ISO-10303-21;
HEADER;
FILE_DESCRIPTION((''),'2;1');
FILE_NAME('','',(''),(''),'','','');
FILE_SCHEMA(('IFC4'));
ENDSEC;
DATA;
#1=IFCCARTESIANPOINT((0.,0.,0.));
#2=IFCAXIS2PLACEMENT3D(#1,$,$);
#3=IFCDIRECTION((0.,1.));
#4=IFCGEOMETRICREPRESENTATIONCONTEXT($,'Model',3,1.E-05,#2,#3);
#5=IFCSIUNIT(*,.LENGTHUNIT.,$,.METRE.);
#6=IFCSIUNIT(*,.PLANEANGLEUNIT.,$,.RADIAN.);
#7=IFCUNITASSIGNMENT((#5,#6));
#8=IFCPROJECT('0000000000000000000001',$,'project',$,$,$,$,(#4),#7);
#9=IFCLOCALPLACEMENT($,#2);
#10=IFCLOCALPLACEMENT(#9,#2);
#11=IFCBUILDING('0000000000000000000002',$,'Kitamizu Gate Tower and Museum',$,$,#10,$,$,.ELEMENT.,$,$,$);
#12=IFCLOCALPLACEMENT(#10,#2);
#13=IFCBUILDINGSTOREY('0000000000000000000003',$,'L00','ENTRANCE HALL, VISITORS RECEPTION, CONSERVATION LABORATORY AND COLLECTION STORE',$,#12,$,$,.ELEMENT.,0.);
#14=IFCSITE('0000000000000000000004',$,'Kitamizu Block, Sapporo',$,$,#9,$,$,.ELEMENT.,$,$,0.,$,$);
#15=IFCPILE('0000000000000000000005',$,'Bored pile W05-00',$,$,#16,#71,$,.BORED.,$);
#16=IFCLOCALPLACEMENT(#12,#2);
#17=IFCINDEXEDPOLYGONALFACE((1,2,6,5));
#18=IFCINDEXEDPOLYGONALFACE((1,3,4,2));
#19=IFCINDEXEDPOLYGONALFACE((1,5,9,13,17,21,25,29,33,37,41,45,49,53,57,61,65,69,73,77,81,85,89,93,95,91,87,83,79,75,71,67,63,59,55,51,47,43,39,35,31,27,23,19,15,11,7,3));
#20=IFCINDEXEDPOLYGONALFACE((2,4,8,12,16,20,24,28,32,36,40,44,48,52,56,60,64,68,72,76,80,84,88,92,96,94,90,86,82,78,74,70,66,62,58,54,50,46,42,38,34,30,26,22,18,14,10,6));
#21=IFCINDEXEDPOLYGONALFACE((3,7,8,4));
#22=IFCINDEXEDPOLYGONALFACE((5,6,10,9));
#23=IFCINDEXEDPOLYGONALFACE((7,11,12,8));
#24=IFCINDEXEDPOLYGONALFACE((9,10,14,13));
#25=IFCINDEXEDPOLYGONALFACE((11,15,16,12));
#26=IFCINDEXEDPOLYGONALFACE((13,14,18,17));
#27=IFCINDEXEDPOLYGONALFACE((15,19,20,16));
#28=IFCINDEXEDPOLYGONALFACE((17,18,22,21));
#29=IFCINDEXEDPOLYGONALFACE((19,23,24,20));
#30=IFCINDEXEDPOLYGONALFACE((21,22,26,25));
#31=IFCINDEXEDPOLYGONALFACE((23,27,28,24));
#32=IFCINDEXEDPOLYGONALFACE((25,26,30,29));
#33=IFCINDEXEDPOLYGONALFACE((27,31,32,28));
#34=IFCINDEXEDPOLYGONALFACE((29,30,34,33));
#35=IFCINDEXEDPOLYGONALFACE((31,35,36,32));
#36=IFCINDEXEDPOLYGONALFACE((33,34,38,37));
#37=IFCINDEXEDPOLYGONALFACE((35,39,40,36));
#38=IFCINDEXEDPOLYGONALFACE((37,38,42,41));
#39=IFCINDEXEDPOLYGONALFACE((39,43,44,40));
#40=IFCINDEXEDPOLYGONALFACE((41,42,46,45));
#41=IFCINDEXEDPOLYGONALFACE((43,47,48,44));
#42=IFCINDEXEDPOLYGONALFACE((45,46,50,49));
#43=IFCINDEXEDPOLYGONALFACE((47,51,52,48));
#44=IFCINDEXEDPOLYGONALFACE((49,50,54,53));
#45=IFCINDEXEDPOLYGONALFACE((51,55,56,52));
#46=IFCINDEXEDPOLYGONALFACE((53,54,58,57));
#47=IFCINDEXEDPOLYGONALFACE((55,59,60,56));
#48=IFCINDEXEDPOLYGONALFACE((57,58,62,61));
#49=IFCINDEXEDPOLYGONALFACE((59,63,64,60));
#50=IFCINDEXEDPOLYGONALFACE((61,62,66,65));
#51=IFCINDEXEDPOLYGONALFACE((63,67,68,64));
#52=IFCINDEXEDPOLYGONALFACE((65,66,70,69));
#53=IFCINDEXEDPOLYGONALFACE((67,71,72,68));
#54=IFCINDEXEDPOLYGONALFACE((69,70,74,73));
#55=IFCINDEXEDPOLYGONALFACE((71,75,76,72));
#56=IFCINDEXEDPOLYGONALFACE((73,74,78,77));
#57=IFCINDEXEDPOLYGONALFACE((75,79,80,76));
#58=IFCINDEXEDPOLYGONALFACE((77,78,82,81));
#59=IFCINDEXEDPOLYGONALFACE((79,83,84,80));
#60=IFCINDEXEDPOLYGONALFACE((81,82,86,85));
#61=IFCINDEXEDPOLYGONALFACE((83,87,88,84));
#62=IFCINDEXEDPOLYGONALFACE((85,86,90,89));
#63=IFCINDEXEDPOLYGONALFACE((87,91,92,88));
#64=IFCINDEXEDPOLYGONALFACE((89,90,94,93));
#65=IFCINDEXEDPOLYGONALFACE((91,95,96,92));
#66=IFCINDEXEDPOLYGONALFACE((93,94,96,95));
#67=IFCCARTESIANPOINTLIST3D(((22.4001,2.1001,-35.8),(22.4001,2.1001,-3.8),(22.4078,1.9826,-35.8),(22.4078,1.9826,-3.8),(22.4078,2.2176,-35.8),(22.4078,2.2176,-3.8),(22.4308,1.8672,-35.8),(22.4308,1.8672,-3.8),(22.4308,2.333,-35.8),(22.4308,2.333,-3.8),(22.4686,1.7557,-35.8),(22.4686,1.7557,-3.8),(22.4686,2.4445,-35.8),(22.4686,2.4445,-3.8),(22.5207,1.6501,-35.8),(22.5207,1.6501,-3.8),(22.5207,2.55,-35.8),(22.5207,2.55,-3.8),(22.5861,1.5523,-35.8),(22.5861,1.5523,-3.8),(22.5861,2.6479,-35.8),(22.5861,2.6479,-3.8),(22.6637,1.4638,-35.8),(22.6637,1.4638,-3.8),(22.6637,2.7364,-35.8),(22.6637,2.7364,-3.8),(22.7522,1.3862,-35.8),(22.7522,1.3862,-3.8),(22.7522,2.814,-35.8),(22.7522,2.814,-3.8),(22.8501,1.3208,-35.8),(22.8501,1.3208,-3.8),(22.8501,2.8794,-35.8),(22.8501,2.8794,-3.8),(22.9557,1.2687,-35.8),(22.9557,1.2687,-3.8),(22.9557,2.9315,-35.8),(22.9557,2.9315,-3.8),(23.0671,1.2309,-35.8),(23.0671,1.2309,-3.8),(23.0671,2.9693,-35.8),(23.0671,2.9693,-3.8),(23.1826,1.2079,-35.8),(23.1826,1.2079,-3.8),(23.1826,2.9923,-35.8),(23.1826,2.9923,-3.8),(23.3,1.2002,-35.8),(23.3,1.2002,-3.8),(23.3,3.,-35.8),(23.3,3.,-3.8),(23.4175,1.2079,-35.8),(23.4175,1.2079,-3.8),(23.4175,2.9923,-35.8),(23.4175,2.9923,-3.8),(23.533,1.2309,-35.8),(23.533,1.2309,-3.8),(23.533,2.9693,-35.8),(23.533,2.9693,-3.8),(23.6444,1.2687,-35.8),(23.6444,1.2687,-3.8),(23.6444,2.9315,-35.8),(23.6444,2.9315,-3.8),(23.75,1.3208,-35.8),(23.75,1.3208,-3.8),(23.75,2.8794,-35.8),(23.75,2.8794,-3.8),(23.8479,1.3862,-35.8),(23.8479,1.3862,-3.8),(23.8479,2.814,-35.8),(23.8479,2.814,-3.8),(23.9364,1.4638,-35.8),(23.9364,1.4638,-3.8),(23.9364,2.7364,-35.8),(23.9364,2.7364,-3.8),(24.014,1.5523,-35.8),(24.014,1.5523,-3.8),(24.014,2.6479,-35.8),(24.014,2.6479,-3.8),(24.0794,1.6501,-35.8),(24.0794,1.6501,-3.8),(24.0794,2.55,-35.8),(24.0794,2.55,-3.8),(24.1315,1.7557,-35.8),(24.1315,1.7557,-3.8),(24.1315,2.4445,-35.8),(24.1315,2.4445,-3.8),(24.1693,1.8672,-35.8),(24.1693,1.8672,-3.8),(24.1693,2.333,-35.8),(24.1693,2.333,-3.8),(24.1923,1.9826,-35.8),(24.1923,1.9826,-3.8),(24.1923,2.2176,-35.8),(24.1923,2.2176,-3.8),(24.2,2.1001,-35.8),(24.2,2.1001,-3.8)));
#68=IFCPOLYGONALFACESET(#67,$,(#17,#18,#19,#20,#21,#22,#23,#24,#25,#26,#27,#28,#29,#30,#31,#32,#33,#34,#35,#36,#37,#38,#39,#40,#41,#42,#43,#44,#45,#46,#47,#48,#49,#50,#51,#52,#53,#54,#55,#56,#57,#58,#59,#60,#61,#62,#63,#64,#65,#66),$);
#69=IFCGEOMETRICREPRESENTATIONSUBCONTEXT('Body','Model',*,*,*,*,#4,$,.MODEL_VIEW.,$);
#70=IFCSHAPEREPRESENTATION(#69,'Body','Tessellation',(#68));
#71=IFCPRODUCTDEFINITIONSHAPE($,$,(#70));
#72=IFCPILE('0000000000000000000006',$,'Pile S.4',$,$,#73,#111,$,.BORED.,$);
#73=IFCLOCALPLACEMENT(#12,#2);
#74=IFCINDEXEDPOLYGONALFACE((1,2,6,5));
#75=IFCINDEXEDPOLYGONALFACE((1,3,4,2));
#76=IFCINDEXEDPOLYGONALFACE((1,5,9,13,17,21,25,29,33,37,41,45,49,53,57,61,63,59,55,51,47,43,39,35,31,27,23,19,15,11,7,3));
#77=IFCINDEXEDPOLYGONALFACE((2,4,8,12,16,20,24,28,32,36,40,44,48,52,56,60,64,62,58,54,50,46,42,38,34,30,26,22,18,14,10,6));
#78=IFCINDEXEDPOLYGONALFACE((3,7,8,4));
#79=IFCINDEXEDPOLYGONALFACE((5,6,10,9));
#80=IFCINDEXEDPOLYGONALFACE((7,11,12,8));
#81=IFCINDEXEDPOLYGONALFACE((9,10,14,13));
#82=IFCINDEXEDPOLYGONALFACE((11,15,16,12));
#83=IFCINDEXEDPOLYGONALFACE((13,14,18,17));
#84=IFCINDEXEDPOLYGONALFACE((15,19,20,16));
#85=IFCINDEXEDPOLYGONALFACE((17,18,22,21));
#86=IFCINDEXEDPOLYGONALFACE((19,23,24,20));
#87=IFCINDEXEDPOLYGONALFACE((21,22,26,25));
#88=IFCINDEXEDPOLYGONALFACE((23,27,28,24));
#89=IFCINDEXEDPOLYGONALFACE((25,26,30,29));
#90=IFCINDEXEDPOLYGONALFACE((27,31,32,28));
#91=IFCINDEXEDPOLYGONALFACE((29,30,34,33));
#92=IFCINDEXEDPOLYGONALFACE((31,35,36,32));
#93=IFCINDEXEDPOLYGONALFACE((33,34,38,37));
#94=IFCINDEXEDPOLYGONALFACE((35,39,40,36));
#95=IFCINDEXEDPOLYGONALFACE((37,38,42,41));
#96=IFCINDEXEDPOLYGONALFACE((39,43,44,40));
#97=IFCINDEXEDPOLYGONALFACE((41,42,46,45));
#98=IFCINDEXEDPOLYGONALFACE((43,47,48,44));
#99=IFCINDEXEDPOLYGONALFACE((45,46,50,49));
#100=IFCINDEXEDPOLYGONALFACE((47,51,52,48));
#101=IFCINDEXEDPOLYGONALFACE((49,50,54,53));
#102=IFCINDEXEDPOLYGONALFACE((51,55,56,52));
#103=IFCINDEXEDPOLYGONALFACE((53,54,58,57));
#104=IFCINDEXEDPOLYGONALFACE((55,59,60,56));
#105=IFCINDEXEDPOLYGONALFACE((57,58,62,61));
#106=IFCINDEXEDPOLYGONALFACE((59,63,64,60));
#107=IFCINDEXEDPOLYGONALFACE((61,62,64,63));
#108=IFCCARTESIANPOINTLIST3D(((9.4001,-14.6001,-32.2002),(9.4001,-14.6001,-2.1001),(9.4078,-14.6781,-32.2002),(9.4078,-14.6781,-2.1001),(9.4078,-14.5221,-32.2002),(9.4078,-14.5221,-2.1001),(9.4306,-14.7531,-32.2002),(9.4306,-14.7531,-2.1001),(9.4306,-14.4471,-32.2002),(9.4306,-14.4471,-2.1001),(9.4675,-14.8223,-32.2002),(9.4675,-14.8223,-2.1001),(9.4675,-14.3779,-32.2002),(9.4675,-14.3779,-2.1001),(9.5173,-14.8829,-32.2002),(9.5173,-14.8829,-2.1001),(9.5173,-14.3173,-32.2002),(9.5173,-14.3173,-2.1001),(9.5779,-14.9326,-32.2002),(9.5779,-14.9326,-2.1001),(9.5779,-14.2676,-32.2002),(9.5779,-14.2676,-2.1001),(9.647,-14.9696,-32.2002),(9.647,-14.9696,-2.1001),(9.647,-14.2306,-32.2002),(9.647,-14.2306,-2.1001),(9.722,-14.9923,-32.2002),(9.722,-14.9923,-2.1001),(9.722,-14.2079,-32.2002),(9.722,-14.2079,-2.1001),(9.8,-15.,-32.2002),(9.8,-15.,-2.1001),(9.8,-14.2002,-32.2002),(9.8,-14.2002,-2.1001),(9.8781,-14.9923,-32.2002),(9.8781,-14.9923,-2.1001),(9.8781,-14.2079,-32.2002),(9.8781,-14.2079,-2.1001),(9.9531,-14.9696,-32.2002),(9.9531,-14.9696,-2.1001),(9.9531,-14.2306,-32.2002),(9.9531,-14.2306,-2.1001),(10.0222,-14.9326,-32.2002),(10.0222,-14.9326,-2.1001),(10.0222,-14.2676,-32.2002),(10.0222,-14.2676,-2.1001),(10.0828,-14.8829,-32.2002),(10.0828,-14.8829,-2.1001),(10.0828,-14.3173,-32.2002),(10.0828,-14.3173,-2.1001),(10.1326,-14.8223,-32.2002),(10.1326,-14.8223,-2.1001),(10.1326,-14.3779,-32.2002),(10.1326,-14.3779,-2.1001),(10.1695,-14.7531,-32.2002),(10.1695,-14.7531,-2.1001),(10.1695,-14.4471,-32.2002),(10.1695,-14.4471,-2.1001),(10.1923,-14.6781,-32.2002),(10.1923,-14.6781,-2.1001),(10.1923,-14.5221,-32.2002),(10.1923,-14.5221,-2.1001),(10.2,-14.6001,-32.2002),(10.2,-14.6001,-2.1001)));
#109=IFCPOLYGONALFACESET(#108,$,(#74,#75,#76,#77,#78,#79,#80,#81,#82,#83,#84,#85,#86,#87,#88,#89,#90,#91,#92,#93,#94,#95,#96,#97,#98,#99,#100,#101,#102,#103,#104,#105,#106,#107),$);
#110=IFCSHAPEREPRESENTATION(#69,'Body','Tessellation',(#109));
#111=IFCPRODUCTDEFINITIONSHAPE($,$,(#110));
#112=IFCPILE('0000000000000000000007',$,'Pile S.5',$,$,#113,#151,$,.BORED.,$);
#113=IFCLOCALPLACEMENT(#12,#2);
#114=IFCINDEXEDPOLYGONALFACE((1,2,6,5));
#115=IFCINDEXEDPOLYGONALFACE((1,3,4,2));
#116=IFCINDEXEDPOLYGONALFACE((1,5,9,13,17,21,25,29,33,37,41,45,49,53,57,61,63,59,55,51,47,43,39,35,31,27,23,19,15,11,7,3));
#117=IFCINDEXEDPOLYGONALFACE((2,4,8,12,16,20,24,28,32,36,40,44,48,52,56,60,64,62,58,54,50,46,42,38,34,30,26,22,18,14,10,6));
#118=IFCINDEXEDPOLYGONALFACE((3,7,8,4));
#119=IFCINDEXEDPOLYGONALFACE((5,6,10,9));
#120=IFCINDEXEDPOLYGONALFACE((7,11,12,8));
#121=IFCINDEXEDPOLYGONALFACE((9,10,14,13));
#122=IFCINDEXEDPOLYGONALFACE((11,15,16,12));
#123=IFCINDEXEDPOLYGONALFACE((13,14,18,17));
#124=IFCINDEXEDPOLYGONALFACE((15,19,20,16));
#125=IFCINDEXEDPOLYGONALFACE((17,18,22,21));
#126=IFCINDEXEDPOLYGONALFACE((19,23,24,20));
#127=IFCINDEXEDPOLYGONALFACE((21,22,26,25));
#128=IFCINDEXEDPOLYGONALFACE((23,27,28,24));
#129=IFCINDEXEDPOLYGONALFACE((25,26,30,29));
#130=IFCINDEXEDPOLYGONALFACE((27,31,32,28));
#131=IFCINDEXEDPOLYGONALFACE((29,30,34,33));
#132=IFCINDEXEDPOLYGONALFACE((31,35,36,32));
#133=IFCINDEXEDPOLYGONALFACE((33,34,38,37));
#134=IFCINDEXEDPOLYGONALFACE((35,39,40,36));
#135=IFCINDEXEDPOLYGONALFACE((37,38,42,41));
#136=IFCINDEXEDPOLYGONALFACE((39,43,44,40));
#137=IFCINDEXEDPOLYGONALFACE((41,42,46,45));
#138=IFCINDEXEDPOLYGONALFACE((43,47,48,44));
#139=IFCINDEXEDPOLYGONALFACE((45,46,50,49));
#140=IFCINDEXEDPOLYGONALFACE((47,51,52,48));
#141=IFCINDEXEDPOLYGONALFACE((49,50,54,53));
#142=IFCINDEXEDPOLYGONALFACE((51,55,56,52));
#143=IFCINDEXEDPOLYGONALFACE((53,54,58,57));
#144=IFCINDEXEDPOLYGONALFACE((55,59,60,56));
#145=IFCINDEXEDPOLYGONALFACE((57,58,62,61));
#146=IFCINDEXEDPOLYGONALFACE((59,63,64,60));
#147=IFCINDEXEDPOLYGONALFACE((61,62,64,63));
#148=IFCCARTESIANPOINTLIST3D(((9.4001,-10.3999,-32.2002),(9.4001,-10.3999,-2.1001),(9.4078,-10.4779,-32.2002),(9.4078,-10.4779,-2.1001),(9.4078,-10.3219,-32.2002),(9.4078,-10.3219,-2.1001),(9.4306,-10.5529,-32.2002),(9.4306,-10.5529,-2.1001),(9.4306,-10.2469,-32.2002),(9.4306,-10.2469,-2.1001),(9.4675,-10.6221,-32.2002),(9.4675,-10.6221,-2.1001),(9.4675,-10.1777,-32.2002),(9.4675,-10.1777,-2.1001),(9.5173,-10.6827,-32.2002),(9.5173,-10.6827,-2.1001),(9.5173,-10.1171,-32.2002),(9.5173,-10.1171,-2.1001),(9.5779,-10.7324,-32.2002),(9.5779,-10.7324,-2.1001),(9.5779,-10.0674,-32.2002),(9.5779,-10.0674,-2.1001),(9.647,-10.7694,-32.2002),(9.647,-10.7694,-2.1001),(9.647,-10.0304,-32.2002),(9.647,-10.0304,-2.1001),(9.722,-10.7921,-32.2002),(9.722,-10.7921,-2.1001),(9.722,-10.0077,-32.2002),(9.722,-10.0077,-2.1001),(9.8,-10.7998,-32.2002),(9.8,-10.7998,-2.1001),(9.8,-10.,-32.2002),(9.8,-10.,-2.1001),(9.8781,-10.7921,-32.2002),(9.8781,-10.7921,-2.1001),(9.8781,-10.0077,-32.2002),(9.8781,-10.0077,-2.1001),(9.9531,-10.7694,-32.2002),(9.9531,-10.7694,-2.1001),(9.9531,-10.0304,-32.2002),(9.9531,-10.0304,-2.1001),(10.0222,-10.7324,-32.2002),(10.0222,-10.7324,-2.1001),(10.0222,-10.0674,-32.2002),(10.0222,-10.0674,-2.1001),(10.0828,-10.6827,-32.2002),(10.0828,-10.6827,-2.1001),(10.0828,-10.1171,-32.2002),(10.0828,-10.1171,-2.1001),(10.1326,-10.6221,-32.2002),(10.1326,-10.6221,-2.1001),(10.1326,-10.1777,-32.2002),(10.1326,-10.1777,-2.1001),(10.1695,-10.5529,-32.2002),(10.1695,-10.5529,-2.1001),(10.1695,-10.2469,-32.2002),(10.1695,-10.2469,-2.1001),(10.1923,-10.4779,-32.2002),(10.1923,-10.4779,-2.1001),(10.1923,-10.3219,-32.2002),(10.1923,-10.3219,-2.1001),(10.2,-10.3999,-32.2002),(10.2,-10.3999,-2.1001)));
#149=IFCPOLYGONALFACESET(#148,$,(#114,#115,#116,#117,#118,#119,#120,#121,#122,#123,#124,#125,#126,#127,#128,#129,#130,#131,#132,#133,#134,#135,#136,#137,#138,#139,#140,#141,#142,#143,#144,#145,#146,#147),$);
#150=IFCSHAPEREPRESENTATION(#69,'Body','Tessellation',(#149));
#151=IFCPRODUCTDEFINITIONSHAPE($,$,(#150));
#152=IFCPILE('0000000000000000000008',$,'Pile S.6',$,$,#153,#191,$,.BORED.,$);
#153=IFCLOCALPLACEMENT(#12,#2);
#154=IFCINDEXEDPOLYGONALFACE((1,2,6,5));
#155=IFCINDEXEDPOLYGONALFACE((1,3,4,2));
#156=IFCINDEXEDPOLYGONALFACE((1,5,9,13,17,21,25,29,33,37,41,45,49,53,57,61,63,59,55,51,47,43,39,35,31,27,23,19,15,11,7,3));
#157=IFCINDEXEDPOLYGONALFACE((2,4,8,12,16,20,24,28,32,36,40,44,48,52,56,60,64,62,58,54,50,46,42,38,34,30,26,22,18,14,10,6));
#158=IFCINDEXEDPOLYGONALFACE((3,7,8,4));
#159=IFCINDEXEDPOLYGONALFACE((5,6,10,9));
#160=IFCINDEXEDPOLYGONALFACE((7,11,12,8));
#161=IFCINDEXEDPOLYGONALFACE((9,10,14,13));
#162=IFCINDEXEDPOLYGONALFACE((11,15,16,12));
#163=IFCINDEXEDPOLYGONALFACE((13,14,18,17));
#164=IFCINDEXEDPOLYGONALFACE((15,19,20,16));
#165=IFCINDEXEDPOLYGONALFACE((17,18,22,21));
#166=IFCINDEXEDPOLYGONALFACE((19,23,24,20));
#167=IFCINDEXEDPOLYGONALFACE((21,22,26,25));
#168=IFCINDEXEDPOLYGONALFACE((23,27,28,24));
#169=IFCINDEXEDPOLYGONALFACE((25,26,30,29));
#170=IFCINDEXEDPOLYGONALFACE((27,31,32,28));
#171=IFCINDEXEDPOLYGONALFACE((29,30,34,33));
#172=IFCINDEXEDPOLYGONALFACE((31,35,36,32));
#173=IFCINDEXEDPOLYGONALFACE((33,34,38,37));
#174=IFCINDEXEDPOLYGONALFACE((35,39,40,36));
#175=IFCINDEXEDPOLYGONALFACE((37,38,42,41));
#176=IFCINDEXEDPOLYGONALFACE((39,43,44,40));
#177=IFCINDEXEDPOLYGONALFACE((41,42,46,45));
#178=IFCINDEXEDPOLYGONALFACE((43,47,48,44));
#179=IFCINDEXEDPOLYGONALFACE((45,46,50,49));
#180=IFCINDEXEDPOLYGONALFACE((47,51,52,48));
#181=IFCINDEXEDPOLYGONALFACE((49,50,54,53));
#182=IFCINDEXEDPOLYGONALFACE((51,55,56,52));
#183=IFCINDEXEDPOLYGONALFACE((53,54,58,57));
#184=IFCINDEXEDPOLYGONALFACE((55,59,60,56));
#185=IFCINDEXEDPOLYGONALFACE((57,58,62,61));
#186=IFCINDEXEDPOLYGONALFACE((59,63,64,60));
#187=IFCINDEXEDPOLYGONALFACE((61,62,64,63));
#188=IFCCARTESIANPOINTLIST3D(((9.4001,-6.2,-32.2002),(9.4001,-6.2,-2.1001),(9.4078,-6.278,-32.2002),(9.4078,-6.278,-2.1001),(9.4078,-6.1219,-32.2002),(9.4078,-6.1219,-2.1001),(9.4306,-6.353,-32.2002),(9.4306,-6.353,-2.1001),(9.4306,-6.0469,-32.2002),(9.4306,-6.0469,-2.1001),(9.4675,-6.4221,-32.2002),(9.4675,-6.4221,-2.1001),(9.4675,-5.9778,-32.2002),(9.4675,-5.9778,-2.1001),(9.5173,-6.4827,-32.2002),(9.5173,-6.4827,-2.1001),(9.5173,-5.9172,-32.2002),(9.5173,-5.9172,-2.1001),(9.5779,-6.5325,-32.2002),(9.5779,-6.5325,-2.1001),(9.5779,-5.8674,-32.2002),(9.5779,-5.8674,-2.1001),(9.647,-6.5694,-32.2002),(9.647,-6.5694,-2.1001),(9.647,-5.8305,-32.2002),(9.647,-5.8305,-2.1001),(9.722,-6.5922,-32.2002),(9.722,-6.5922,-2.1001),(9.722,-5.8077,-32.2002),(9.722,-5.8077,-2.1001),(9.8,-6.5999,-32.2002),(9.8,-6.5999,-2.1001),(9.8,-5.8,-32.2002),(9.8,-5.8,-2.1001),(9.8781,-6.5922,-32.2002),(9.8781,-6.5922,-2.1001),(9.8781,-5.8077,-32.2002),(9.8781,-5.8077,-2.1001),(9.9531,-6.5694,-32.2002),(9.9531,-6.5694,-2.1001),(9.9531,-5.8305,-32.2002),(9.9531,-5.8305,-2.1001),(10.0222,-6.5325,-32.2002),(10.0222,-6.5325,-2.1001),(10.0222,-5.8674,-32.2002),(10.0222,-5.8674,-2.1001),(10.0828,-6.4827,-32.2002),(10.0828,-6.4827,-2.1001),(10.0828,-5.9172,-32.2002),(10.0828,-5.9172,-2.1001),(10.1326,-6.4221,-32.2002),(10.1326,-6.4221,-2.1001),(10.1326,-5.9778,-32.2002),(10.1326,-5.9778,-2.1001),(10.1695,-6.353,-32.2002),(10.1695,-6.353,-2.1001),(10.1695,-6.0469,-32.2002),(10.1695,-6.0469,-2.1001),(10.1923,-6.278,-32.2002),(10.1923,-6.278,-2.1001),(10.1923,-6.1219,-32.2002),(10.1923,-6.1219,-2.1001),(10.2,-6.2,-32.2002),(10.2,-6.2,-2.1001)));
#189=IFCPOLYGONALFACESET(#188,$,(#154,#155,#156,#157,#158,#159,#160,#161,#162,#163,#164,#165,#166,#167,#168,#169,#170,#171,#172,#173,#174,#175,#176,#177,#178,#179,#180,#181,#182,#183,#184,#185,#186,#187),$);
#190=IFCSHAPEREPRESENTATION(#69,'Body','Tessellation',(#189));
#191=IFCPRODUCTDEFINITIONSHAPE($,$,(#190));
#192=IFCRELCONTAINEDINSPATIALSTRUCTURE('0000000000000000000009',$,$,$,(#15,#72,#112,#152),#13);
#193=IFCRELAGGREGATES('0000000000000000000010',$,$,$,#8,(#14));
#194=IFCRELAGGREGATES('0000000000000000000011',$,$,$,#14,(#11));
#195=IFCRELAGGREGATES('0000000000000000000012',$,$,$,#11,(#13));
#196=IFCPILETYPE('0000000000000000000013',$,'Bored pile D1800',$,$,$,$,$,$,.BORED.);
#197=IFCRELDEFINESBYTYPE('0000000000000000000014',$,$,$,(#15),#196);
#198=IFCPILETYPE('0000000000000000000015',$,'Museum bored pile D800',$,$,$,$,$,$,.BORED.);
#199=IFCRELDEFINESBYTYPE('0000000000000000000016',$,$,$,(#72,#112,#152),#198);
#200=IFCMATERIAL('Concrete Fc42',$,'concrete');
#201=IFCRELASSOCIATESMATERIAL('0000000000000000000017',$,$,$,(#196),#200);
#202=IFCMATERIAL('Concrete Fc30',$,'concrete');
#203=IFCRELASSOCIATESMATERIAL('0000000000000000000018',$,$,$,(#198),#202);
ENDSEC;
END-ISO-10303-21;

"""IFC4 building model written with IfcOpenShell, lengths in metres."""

from ifc_helpers import new_model, si_unit, direction, frame, origin, origin_2d, place, context, subcontext, project, spatial, circle, extrude, material, material_profile, profile_set, type_object, element, save


model = new_model("IFC4")

# Units and contexts
model_context = context("Model", 3, precision=1e-05, world=origin(), true_north=direction((0.0, 1.0)))
body_context = subcontext(model_context, "Body", "Model", "MODEL_VIEW")
ifc_project = project(units=[si_unit("LENGTHUNIT", "METRE"), si_unit("PLANEANGLEUNIT", "RADIAN")], contexts=[model_context])

# Site, building, storey
site_placement = place(None, origin())
site = spatial("IfcSite", under=ifc_project, at=site_placement, Name="Kitamizu Block, Sapporo", CompositionType="ELEMENT", RefElevation=0.0)
building_placement = place(site_placement, origin())
building = spatial("IfcBuilding", under=site, at=building_placement, Name="Kitamizu Gate Tower and Museum", CompositionType="ELEMENT")
storey_placement = place(building_placement, origin())
storey = spatial("IfcBuildingStorey", under=building, at=storey_placement, Name="L00", Description="ENTRANCE HALL, VISITORS RECEPTION, CONSERVATION LABORATORY AND COLLECTION STORE", CompositionType="ELEMENT", Elevation=0.0)

# Piles
ifc_material_1 = material(Name="Concrete Fc42", Category="concrete")
ifc_material_profile_1 = material_profile(ifc_material_1, circle(Radius=0.8999, at=origin_2d()), Name="Bored pile D1800")
ifc_profile_set_1 = profile_set([ifc_material_profile_1], Name="Concrete Fc42")
pile_type_1 = type_object("IfcPileType", Name="Bored pile D1800", PredefinedType="BORED", material=ifc_profile_set_1)
for number, where, z_axis, x_axis, name in (
    (1, (23.3, 2.1001, -3.8), (0.0, 0.0, -1.0), (1.0, 0.0, 0.0), "Bored pile W05-00"),
):
    element("IfcPile", number, at=place(storey_placement, frame(where, z_axis=z_axis, x_axis=x_axis)), inside=storey, type_object=pile_type_1, Name=name, PredefinedType="BORED", context=body_context, shape_type="SweptSolid", body=[
        extrude(circle(Radius=0.8999, at=origin_2d()), origin(), (0.0, 0.0, 1.0), 32.0),
    ])
ifc_material_2 = material(Name="Concrete Fc30", Category="concrete")
ifc_material_profile_2 = material_profile(ifc_material_2, circle(Radius=0.3999, at=origin_2d()), Name="D800")
ifc_profile_set_2 = profile_set([ifc_material_profile_2], Name="Concrete Fc30")
pile_type_2 = type_object("IfcPileType", Name="Museum bored pile D800", PredefinedType="BORED", material=ifc_profile_set_2)
for number, where, z_axis, x_axis, name in (
    (2, (9.8, -14.6001, -2.1001), (0.0, 0.0, -1.0), (1.0, 0.0, 0.0), "Pile S.4"),
    (3, (9.8, -10.3999, -2.1001), (0.0, 0.0, -1.0), (1.0, 0.0, 0.0), "Pile S.5"),
    (4, (9.8, -6.2, -2.1001), (0.0, 0.0, -1.0), (1.0, 0.0, 0.0), "Pile S.6"),
):
    element("IfcPile", number, at=place(storey_placement, frame(where, z_axis=z_axis, x_axis=x_axis)), inside=storey, type_object=pile_type_2, Name=name, PredefinedType="BORED", context=body_context, shape_type="SweptSolid", body=[
        extrude(circle(Radius=0.3999, at=origin_2d()), origin(), (0.0, 0.0, 1.0), 30.1001),
    ])

save(model, "model.ifc")
